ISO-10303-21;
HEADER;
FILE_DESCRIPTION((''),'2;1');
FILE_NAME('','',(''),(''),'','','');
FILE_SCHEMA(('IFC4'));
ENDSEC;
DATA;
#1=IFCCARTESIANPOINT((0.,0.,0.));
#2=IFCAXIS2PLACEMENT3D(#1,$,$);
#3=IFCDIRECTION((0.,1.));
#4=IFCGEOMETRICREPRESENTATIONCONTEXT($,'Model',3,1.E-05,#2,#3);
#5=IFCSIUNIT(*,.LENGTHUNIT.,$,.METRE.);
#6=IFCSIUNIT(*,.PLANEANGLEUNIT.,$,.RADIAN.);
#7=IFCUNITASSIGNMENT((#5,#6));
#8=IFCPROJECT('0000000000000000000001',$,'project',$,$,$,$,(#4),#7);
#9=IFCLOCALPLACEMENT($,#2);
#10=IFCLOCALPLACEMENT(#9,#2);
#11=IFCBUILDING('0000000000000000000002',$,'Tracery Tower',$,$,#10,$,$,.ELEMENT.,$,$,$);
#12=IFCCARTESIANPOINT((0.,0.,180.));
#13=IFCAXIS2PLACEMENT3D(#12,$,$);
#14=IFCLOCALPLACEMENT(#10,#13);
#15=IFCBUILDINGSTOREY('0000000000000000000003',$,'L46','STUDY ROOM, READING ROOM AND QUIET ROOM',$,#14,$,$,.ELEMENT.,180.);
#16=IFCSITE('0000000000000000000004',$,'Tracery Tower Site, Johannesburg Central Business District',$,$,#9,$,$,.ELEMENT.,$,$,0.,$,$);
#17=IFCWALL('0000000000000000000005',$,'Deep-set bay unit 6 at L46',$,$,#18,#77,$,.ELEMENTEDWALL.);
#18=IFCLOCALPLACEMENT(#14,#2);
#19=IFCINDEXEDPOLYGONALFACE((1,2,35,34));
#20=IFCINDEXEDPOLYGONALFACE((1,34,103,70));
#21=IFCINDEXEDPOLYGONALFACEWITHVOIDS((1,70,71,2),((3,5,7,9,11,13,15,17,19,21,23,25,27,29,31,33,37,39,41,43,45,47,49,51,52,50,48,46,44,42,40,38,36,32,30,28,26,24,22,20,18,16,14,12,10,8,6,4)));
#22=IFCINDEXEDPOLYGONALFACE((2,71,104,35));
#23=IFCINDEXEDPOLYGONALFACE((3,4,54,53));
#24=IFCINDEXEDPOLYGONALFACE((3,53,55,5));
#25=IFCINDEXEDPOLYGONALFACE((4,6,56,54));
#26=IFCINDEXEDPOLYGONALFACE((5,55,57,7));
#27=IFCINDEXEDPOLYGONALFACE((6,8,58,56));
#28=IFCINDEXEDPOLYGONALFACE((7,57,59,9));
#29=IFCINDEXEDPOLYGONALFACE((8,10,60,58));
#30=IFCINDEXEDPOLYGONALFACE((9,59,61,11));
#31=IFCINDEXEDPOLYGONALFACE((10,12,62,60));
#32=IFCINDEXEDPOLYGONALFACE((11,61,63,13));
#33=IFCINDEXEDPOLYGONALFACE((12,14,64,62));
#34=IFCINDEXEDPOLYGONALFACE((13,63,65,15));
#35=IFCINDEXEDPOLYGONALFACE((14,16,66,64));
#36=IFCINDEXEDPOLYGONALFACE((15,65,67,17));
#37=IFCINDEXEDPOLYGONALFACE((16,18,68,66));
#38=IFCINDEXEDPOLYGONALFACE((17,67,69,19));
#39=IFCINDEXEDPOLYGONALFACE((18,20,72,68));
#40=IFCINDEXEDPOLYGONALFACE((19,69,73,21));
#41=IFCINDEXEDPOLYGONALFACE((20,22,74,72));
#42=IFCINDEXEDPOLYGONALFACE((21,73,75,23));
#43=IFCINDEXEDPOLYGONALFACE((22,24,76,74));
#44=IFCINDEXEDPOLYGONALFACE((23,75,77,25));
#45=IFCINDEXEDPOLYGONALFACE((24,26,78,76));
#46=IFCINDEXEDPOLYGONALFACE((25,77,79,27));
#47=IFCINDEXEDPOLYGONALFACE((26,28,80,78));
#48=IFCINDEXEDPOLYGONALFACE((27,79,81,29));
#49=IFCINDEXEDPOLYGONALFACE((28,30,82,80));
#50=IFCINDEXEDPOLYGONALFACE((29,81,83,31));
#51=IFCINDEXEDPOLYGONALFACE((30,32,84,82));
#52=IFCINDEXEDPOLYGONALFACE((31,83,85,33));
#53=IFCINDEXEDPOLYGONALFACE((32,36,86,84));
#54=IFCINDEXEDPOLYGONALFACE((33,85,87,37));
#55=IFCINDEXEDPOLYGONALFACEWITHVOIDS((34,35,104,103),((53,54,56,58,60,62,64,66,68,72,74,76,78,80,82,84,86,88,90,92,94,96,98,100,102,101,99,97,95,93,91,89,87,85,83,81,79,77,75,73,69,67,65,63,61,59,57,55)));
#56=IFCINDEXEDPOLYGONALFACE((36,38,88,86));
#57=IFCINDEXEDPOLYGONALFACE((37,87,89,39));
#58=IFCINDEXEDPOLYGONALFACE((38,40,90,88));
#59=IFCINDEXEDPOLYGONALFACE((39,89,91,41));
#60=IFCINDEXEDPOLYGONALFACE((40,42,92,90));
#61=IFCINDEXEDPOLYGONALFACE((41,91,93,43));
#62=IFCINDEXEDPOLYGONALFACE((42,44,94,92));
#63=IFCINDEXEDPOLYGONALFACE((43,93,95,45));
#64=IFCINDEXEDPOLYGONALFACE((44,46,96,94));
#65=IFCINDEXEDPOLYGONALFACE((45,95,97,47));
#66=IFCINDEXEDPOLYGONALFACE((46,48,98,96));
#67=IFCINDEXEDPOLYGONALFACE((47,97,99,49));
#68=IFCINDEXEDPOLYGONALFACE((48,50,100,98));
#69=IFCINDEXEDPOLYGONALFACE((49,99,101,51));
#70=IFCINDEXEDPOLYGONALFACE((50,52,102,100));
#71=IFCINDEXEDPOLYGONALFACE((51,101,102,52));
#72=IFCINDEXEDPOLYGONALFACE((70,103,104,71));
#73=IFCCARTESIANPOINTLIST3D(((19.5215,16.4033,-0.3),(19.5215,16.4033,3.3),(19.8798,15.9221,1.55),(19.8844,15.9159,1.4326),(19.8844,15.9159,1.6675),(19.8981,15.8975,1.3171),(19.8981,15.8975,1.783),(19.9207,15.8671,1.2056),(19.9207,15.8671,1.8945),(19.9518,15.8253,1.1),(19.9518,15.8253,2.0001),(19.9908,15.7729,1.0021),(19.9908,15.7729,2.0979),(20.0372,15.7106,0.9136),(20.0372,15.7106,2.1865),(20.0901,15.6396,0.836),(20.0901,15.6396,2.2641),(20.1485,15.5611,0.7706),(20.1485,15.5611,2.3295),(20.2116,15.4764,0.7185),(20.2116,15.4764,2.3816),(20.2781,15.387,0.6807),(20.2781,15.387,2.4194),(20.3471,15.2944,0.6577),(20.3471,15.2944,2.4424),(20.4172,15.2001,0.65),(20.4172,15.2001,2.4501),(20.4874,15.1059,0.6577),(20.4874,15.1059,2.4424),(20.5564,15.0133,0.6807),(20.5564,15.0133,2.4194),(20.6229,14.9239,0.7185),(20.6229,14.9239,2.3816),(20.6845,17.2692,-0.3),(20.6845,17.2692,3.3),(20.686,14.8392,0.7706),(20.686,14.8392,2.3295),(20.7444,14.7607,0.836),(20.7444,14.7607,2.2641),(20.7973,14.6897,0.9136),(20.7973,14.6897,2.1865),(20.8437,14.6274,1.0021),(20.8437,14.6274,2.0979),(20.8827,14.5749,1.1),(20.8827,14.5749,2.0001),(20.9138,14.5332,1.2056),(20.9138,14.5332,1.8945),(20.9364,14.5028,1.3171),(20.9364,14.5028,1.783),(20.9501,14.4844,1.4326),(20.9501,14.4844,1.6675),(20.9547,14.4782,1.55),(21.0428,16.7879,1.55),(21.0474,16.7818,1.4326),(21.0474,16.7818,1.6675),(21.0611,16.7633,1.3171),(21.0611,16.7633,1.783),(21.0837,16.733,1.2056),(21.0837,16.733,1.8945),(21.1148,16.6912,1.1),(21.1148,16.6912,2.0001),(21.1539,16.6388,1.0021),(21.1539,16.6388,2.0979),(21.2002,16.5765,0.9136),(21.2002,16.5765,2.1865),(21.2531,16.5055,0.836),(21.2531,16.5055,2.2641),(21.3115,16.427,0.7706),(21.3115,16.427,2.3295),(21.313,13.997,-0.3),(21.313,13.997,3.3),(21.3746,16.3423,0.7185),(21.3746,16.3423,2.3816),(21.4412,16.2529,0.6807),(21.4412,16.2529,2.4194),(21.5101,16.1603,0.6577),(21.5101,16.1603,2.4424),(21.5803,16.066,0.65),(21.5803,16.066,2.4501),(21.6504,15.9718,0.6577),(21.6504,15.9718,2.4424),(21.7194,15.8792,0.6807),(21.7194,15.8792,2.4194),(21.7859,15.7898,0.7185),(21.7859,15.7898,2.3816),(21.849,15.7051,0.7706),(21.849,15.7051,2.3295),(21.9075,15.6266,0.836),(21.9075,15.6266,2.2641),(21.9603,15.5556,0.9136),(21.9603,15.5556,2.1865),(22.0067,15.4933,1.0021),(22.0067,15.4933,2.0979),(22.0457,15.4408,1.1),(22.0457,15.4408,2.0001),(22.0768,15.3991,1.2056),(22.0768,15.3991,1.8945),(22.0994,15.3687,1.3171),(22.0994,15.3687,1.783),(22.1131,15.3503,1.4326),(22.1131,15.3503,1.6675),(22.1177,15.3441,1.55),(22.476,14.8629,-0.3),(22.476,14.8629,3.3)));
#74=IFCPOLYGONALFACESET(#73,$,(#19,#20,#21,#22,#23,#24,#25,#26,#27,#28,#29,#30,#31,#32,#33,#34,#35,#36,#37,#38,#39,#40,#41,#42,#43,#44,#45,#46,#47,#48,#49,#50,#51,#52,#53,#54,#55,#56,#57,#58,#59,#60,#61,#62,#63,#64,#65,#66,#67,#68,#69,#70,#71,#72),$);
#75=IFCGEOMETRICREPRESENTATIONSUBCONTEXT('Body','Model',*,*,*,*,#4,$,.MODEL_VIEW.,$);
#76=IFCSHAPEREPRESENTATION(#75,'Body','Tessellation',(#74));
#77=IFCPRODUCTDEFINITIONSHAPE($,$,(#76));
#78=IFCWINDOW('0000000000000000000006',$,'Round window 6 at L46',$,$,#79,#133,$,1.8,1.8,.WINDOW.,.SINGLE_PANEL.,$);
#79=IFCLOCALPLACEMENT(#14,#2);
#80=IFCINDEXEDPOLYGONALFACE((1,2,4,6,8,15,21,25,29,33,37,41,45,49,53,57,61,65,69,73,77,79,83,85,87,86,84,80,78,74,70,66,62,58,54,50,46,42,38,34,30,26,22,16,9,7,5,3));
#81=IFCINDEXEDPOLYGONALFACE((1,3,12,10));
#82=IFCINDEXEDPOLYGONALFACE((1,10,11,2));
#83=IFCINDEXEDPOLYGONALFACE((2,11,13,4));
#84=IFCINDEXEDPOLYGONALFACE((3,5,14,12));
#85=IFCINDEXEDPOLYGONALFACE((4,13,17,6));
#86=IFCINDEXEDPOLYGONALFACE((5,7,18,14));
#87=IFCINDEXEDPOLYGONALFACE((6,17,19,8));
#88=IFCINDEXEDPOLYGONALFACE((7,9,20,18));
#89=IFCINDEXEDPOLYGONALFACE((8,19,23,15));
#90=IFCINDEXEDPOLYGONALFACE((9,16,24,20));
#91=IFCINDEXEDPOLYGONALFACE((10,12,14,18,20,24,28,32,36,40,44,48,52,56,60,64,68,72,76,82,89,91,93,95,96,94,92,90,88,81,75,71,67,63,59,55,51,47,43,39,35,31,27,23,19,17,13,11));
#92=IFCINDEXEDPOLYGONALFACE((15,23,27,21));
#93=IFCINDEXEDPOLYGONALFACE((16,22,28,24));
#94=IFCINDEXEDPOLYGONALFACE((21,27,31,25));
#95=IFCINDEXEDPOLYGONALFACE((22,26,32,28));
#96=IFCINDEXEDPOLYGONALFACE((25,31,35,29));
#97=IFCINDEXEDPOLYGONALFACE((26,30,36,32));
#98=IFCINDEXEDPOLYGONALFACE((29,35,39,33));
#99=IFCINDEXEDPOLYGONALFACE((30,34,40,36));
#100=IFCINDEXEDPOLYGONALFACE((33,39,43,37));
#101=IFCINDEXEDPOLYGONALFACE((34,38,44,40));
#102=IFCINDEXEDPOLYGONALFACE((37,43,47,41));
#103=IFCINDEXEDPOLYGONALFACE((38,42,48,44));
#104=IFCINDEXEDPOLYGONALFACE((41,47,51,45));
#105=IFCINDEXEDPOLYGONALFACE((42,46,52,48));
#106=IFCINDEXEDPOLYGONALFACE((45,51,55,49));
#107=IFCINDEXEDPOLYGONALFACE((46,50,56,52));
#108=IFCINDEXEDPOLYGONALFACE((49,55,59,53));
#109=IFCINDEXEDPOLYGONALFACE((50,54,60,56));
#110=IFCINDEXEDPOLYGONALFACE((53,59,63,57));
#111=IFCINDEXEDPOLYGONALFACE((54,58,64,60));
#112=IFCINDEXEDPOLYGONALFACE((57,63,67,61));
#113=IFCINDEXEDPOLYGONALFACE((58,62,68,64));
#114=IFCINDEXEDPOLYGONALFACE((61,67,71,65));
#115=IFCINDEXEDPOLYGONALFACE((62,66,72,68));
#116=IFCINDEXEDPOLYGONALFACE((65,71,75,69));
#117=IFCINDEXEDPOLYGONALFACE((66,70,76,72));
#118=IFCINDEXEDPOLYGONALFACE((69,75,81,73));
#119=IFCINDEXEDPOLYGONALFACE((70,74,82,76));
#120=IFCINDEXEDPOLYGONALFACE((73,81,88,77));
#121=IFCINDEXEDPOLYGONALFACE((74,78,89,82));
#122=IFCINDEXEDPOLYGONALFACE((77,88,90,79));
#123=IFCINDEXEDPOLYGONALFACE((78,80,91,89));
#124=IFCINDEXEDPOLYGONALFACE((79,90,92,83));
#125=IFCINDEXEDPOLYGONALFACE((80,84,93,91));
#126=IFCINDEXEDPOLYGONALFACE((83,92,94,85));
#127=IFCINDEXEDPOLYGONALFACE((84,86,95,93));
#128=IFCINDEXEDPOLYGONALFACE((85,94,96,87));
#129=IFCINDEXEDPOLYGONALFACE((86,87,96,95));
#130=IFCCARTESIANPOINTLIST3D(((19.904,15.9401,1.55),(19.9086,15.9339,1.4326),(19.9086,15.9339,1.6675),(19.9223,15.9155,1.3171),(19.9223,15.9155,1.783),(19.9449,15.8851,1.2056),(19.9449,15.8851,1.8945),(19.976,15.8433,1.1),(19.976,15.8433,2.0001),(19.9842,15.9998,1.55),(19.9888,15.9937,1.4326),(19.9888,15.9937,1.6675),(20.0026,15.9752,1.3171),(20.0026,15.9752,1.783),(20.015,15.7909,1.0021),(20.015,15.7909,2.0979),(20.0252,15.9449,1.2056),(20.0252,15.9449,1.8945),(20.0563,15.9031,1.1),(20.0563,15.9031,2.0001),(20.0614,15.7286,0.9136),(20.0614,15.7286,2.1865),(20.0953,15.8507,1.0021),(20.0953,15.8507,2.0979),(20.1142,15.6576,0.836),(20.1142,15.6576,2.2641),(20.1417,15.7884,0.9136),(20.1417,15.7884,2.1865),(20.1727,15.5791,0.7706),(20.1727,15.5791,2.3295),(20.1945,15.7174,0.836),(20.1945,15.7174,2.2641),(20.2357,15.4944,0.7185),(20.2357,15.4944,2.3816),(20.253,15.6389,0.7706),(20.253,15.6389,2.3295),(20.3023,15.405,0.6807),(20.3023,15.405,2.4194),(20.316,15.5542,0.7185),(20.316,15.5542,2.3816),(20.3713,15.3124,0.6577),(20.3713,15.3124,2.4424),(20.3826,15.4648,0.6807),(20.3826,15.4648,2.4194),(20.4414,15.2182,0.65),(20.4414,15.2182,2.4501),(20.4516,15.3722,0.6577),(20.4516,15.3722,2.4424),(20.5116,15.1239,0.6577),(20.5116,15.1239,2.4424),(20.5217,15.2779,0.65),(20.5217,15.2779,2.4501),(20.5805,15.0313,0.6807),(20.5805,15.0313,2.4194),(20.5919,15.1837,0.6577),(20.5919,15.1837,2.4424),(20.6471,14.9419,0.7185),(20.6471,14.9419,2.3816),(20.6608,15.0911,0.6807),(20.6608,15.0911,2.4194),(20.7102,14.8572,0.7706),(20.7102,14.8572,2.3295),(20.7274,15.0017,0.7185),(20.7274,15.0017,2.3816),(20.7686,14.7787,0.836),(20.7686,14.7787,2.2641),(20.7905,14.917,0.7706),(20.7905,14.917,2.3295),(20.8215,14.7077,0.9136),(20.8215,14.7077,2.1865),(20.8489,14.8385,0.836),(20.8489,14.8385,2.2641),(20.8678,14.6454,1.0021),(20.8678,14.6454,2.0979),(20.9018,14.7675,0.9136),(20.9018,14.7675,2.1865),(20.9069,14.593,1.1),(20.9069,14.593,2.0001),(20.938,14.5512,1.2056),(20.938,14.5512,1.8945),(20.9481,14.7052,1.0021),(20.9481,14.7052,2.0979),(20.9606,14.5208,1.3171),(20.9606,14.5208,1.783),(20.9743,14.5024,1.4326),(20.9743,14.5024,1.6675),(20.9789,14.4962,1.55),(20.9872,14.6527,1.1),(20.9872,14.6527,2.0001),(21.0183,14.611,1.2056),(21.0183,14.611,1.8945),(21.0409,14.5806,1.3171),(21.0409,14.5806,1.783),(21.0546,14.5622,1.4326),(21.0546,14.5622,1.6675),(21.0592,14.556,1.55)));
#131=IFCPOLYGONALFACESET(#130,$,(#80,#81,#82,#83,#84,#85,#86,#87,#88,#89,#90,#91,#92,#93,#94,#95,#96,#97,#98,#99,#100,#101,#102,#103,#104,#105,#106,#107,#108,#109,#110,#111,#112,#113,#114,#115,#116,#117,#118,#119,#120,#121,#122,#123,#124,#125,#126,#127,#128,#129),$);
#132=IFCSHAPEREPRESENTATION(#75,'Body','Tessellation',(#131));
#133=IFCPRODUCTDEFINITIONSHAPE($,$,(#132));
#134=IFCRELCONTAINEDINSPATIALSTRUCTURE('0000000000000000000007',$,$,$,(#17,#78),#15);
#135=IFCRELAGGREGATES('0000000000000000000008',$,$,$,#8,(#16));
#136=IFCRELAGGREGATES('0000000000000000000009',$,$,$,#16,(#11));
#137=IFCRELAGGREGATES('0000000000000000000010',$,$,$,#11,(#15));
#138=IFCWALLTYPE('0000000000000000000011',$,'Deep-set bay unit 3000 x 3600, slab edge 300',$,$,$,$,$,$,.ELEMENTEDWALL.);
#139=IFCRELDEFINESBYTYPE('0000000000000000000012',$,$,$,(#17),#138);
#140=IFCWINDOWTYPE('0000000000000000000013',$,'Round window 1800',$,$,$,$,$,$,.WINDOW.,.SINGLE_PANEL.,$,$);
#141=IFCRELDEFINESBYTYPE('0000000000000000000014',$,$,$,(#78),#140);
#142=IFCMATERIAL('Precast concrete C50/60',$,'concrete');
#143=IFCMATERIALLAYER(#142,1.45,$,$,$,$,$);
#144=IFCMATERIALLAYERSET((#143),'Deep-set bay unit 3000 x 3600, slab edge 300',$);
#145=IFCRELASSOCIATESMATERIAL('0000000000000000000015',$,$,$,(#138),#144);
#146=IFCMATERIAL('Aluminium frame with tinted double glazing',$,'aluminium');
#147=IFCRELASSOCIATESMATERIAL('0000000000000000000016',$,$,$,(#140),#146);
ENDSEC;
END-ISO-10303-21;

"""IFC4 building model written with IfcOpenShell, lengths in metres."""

from ifc_helpers import new_model, si_unit, direction, frame, frame_2d, origin, origin_2d, place, context, subcontext, project, spatial, rectangle, circle, extrude, material, layer, layer_set, type_object, element, fill, save


model = new_model("IFC4")

# Units and contexts
model_context = context("Model", 3, precision=1e-05, world=origin(), true_north=direction((0.0, 1.0)))
body_context = subcontext(model_context, "Body", "Model", "MODEL_VIEW")
ifc_project = project(units=[si_unit("LENGTHUNIT", "METRE"), si_unit("PLANEANGLEUNIT", "RADIAN")], contexts=[model_context])

# Site, building, storey
site_placement = place(None, origin())
site = spatial("IfcSite", under=ifc_project, at=site_placement, Name="Tracery Tower Site, Johannesburg Central Business District", CompositionType="ELEMENT", RefElevation=0.0)
building_placement = place(site_placement, origin())
building = spatial("IfcBuilding", under=site, at=building_placement, Name="Tracery Tower", CompositionType="ELEMENT")
storey_placement = place(building_placement, frame((0.0, 0.0, 180.0)))
storey = spatial("IfcBuildingStorey", under=building, at=storey_placement, Name="L46", Description="STUDY ROOM, READING ROOM AND QUIET ROOM", CompositionType="ELEMENT", Elevation=180.0)

# Wall, opening, window
ifc_material_1 = material(Name="Precast concrete C50/60", Category="concrete")
ifc_layer_1 = layer(ifc_material_1, 1.45)
ifc_layer_set_1 = layer_set([ifc_layer_1], Name="Deep-set bay unit 3000 x 3600, slab edge 300")
wall_type_1 = type_object("IfcWallType", Name="Deep-set bay unit 3000 x 3600, slab edge 300", PredefinedType="ELEMENTEDWALL", material=ifc_layer_set_1)
wall_1_placement = place(storey_placement, frame((21.8945, 14.4299, -0.3), z_axis=(0.0, 0.0, 1.0), x_axis=(-0.597184, 0.802104, 0.0)))
wall_1 = element("IfcWall", 1, at=wall_1_placement, inside=storey, type_object=wall_type_1, Name="Deep-set bay unit 6 at L46", PredefinedType="ELEMENTEDWALL", context=body_context, shape_type="SweptSolid", body=[
    extrude(rectangle(XDim=3.0, YDim=1.45, at=frame_2d((1.5, 0.0))), origin(), (0.0, 0.0, 1.0), 3.6001),
])
opening_1_placement = place(wall_1_placement, frame((1.5, 0.0, 1.8501)))
opening_1 = element("IfcOpeningElement", 2, at=opening_1_placement, cuts=wall_1, PredefinedType="OPENING", context=body_context, shape_type="SweptSolid", body=[
    extrude(circle(Radius=0.9, at=origin_2d()), frame((0.0, 0.7349, 0.0), z_axis=(0.0, -1.0, 0.0), x_axis=(1.0, 0.0, 0.0)), (0.0, 0.0, 1.0), 1.47),
])
ifc_material_2 = material(Name="Aluminium frame with tinted double glazing", Category="aluminium")
window_type = type_object("IfcWindowType", Name="Round window 1800", PartitioningType="SINGLE_PANEL", PredefinedType="WINDOW", material=ifc_material_2)
window_1_placement = place(opening_1_placement, origin())
window_1 = element("IfcWindow", 3, at=window_1_placement, inside=storey, type_object=window_type, Name="Round window 6 at L46", OverallHeight=1.8, OverallWidth=1.8, PartitioningType="SINGLE_PANEL", PredefinedType="WINDOW", context=body_context, shape_type="SweptSolid", body=[
    extrude(circle(Radius=0.9, at=origin_2d()), frame((0.0, 0.6948, 0.0), z_axis=(0.0, -1.0, 0.0), x_axis=(1.0, 0.0, 0.0)), (0.0, 0.0, 1.0), 0.1001),
])
fill(opening_1, window_1)

save(model, "model.ifc")
